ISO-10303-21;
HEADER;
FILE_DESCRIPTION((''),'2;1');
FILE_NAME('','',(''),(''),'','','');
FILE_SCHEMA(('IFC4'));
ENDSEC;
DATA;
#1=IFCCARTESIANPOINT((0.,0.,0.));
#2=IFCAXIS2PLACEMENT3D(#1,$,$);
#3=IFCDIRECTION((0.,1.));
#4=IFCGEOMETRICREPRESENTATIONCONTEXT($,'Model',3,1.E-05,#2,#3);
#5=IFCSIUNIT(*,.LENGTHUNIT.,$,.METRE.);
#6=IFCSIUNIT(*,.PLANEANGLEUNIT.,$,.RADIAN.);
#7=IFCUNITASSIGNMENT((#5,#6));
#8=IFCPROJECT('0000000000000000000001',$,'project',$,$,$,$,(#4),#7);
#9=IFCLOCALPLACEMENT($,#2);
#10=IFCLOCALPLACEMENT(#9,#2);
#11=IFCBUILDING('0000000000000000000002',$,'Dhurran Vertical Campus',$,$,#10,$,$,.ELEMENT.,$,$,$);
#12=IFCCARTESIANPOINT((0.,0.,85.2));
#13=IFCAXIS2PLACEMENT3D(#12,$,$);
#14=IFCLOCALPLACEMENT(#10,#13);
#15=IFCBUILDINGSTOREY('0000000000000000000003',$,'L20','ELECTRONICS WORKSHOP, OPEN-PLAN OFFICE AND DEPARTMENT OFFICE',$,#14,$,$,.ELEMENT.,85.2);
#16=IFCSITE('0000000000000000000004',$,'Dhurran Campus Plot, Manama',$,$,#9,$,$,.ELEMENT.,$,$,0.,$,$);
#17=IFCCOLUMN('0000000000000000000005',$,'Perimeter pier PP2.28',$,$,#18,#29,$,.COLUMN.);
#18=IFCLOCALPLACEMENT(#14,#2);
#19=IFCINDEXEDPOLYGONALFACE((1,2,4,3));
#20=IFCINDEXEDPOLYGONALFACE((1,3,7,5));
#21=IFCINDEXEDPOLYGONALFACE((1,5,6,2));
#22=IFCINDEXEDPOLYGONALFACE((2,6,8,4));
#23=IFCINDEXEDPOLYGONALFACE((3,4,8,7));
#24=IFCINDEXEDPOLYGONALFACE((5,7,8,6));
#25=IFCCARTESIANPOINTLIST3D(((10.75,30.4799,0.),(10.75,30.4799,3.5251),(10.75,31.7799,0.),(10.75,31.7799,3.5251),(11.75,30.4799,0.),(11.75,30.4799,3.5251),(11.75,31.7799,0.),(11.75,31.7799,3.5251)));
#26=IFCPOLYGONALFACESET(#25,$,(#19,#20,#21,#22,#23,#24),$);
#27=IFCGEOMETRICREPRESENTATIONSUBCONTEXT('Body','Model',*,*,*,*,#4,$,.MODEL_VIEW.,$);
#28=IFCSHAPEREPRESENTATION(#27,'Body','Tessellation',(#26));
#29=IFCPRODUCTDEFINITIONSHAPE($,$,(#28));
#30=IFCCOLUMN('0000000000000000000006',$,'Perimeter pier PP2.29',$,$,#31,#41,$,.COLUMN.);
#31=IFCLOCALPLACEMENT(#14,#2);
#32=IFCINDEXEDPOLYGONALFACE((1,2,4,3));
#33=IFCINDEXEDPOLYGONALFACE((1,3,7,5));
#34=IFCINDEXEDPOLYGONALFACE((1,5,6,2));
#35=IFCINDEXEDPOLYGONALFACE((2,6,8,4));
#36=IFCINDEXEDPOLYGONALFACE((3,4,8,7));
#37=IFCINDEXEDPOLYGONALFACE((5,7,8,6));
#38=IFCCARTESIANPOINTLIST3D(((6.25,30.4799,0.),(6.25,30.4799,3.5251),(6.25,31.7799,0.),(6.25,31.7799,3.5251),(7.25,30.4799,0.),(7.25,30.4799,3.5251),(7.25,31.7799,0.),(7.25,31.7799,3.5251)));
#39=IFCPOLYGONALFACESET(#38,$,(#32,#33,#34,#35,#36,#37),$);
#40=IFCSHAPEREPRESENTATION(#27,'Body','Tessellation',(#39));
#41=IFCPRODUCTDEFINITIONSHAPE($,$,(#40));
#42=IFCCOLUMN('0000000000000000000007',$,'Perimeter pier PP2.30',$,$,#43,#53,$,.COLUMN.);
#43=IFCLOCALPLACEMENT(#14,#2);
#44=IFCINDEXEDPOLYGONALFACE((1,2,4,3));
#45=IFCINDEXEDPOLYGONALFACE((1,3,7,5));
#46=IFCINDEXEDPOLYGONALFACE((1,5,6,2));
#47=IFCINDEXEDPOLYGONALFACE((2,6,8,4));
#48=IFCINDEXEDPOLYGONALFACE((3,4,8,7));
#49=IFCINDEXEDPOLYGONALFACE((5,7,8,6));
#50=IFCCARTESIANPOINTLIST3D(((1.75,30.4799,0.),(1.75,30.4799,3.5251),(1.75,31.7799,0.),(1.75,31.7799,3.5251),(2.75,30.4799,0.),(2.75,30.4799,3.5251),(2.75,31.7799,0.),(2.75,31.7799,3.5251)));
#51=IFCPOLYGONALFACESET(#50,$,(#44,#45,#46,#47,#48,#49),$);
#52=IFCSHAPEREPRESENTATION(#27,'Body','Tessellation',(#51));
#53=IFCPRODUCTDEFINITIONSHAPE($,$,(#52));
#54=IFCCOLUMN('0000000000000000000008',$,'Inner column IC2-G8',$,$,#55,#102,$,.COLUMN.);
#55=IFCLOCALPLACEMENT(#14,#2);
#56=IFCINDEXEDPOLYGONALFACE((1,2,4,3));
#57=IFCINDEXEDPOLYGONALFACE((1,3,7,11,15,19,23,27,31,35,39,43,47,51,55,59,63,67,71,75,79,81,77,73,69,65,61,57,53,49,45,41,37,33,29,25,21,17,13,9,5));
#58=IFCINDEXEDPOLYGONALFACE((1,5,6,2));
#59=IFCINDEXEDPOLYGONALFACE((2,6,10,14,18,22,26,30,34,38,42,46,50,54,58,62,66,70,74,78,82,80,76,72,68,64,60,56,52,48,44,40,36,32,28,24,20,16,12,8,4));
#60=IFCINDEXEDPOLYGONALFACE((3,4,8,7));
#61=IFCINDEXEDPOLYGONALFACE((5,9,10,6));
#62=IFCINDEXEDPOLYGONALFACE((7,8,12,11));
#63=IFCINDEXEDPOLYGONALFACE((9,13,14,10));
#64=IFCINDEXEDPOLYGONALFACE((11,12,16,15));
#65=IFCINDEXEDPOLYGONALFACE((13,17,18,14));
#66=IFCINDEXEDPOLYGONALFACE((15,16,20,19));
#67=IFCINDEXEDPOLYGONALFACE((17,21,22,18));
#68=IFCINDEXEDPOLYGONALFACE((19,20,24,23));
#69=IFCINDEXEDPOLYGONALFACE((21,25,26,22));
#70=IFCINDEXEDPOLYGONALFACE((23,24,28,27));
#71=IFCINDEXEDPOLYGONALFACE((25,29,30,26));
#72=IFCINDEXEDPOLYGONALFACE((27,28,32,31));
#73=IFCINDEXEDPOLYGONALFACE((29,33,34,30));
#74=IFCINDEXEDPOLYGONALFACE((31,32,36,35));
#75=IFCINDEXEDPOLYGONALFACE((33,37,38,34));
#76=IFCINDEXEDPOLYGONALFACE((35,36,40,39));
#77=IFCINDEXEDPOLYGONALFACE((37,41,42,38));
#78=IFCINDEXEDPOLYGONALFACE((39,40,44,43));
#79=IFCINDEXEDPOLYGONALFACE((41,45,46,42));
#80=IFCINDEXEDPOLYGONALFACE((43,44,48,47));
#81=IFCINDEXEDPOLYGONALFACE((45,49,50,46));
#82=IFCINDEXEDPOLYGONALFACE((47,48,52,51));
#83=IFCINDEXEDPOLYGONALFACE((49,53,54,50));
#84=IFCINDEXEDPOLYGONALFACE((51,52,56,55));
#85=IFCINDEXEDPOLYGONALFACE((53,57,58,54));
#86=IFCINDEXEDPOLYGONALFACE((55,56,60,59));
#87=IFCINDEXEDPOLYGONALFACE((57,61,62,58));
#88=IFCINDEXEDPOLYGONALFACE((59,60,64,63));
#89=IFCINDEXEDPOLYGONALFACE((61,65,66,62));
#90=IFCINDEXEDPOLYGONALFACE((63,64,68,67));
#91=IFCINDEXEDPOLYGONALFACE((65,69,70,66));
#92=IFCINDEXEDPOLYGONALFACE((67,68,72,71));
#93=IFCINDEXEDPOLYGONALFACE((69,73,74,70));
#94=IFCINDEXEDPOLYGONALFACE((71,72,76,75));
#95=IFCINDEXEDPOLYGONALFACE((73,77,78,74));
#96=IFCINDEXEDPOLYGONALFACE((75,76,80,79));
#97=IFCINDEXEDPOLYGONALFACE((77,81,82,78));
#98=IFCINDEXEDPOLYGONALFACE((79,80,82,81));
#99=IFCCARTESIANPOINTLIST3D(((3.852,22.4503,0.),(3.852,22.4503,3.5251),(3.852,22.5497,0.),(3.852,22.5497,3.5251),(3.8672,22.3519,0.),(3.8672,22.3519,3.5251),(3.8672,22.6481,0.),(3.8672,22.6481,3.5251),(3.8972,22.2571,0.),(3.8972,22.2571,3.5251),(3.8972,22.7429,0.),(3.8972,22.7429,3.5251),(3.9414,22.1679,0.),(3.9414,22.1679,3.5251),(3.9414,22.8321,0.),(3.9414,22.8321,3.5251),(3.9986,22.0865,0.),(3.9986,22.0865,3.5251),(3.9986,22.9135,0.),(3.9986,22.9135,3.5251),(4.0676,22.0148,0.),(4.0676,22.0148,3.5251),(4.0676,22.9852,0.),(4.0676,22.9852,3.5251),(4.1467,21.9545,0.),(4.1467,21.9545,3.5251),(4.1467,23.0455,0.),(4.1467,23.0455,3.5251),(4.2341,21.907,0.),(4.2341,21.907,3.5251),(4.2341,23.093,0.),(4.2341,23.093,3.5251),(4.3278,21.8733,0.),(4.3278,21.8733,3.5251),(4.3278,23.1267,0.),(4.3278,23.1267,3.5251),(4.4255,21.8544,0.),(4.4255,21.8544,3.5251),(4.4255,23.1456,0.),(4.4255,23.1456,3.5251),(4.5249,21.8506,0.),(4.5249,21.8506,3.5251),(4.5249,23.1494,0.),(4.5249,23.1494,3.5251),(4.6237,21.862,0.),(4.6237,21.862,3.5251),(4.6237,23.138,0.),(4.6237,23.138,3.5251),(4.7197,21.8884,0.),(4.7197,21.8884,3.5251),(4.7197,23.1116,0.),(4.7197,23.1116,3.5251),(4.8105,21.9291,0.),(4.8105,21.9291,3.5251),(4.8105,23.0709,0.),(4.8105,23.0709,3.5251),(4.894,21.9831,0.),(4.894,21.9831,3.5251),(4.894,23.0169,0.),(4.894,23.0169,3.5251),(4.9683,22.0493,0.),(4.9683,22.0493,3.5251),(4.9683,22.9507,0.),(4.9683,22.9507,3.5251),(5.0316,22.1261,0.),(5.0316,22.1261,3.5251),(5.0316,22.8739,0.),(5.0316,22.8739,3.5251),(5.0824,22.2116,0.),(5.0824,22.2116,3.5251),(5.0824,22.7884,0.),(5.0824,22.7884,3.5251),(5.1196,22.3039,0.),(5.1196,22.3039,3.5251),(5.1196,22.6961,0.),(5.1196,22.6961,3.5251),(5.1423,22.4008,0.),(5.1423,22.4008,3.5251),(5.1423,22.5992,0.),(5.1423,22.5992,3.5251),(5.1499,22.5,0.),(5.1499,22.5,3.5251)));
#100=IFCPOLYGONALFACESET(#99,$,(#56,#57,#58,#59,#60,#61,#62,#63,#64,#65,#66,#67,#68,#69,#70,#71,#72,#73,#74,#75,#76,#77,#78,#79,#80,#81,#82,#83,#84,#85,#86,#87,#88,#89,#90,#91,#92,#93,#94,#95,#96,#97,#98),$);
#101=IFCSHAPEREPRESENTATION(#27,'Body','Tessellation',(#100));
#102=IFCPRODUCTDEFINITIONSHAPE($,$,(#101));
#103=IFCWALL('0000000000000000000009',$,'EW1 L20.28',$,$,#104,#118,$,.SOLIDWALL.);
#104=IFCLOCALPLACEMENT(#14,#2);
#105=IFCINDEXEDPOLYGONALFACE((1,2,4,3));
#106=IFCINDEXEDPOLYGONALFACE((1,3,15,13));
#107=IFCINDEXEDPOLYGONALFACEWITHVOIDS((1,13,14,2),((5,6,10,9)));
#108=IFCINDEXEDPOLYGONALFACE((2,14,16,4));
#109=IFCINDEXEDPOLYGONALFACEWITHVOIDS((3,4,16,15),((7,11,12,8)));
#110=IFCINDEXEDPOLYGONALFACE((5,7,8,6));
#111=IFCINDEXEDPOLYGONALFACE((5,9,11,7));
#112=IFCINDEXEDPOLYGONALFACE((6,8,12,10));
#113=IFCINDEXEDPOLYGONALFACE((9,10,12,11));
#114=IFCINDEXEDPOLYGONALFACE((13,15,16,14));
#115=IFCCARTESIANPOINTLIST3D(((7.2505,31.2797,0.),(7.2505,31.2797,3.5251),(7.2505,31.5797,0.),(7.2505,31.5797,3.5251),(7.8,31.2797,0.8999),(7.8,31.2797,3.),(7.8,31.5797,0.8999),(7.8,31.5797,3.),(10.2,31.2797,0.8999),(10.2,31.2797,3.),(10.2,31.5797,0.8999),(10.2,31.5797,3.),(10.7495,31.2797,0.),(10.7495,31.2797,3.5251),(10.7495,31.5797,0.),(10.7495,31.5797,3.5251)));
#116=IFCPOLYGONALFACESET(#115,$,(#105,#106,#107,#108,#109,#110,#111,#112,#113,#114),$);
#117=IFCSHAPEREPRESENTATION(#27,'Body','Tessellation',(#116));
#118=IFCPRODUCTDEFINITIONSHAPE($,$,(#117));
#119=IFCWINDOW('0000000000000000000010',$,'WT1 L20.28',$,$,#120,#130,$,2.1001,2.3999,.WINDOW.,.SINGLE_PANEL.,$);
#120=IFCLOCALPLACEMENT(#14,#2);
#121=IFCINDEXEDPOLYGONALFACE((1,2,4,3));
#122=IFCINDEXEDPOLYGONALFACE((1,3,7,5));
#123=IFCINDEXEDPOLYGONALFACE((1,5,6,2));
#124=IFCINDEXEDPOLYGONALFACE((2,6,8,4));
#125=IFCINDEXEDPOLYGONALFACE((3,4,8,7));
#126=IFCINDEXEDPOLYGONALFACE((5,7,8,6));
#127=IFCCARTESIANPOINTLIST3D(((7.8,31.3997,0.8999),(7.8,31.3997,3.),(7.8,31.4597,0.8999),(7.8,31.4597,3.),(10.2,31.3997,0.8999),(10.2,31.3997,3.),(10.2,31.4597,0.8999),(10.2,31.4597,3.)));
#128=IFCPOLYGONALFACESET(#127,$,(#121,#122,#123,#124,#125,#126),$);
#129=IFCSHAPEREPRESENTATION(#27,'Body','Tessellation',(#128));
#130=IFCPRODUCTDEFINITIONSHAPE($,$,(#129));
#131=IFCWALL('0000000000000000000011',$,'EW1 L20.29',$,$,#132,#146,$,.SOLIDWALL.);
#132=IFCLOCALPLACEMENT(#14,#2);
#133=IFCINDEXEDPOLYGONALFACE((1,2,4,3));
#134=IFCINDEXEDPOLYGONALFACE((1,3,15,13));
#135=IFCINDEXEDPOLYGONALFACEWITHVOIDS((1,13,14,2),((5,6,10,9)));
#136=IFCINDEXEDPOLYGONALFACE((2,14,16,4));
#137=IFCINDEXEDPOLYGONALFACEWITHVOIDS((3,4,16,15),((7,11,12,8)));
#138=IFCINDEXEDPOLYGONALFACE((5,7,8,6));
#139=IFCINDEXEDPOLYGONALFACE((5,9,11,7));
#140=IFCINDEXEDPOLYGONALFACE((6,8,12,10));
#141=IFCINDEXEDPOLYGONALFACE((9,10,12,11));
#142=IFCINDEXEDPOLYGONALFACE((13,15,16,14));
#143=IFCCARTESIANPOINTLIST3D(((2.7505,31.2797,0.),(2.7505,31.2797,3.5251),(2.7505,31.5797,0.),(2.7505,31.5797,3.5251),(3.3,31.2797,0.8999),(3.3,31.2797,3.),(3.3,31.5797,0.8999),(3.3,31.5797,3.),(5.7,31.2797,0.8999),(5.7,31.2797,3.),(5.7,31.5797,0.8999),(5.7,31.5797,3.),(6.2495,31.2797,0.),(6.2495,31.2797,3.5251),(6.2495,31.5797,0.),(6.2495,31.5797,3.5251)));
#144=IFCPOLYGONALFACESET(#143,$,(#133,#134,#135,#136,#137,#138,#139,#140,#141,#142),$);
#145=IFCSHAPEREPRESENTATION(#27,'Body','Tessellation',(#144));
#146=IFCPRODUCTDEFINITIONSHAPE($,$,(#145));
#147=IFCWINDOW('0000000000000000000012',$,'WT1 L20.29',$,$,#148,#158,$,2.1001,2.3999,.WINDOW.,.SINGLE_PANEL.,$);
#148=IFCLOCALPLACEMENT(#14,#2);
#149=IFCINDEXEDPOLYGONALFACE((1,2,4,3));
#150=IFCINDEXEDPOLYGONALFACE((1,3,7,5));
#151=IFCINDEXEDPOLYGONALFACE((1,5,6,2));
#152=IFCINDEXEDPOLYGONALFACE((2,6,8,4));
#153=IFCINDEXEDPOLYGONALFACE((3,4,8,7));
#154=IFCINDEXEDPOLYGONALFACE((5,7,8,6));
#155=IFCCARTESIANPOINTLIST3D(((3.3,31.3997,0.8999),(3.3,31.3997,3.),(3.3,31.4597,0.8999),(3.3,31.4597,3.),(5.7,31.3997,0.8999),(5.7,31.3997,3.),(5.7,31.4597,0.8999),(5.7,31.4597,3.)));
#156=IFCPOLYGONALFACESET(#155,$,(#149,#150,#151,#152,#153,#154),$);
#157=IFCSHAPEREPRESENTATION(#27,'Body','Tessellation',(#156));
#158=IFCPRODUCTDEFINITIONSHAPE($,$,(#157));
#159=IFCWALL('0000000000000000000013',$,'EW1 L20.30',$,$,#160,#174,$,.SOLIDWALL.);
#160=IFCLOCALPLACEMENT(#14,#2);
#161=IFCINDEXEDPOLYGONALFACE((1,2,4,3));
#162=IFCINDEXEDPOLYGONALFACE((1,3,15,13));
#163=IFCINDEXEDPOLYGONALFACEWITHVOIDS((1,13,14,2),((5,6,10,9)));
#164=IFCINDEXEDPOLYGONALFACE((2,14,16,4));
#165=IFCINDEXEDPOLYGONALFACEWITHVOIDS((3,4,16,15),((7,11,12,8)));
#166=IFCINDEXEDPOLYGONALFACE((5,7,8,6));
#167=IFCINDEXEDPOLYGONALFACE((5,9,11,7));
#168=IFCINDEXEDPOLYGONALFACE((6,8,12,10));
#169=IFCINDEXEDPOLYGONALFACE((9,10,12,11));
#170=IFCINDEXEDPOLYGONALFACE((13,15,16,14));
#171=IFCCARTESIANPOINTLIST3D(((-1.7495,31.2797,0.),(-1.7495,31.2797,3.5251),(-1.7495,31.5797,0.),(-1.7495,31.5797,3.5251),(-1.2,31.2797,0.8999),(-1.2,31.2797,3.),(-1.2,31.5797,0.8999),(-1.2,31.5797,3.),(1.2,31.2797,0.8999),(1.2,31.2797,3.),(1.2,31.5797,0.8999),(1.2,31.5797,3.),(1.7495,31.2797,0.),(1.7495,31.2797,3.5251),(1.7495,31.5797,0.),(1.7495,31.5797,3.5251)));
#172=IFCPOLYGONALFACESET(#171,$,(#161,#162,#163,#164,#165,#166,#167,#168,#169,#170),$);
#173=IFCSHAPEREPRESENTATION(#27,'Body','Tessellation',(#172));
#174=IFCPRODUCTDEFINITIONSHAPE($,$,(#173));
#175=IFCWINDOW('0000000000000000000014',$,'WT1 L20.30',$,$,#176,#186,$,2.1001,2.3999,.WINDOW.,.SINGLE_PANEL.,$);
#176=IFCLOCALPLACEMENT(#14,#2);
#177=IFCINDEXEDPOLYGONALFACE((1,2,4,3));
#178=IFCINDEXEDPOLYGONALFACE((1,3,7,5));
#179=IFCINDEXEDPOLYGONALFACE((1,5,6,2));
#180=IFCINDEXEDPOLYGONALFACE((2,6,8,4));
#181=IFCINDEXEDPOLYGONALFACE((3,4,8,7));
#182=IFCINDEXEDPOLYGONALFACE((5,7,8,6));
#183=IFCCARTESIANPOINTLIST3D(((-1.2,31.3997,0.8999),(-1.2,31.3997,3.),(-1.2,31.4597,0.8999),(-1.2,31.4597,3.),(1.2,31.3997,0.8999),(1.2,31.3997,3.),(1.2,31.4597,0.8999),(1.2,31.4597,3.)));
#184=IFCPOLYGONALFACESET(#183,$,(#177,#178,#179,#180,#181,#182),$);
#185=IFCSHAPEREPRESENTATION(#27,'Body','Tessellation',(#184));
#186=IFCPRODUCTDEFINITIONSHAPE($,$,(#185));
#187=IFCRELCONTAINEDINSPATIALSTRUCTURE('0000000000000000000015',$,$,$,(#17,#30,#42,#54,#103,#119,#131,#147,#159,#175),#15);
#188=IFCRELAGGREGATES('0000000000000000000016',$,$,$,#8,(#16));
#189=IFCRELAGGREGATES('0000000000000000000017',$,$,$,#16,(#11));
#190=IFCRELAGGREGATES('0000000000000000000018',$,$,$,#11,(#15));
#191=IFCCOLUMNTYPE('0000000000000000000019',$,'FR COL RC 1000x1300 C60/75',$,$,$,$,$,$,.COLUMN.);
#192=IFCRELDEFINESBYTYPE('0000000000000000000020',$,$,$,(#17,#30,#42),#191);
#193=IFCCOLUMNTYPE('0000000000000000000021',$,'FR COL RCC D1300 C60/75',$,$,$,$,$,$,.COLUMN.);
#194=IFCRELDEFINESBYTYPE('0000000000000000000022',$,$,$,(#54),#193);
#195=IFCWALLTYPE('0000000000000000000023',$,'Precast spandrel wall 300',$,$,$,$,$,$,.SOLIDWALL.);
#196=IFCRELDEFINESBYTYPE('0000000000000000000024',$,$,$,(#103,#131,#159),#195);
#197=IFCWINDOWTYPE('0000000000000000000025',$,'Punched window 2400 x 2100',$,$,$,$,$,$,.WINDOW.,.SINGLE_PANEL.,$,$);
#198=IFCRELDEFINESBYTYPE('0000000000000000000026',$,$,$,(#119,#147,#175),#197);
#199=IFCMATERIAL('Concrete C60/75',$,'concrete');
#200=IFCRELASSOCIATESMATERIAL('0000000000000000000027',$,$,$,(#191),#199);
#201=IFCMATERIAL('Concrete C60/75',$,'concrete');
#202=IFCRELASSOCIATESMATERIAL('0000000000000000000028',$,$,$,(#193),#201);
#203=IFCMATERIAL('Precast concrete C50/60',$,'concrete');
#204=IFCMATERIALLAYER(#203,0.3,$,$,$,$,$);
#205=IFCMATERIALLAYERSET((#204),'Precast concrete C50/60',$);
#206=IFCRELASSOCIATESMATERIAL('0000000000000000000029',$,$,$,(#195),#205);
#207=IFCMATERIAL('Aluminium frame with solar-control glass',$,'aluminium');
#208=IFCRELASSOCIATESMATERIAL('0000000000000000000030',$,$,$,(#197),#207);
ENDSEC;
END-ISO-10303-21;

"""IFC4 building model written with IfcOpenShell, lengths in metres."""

from ifc_helpers import new_model, si_unit, direction, frame, frame_2d, origin, origin_2d, place, context, subcontext, project, spatial, rectangle, circle, extrude, material, layer, layer_set, material_profile, profile_set, type_object, element, fill, save


model = new_model("IFC4")

# Units and contexts
model_context = context("Model", 3, precision=1e-05, world=origin(), true_north=direction((0.0, 1.0)))
body_context = subcontext(model_context, "Body", "Model", "MODEL_VIEW")
ifc_project = project(units=[si_unit("LENGTHUNIT", "METRE"), si_unit("PLANEANGLEUNIT", "RADIAN")], contexts=[model_context])

# Site, building, storey
site_placement = place(None, origin())
site = spatial("IfcSite", under=ifc_project, at=site_placement, Name="Dhurran Campus Plot, Manama", CompositionType="ELEMENT", RefElevation=0.0)
building_placement = place(site_placement, origin())
building = spatial("IfcBuilding", under=site, at=building_placement, Name="Dhurran Vertical Campus", CompositionType="ELEMENT")
storey_placement = place(building_placement, frame((0.0, 0.0, 85.2)))
storey = spatial("IfcBuildingStorey", under=building, at=storey_placement, Name="L20", Description="ELECTRONICS WORKSHOP, OPEN-PLAN OFFICE AND DEPARTMENT OFFICE", CompositionType="ELEMENT", Elevation=85.2)

# Columns
ifc_material_1 = material(Name="Concrete C60/75", Category="concrete")
ifc_material_profile_1 = material_profile(ifc_material_1, rectangle(XDim=1.0, YDim=1.3, at=origin_2d()), Name="RC 1000x1300")
ifc_profile_set_1 = profile_set([ifc_material_profile_1], Name="Concrete C60/75")
column_type_1 = type_object("IfcColumnType", Name="FR COL RC 1000x1300 C60/75", PredefinedType="COLUMN", material=ifc_profile_set_1)
for number, where, z_axis, x_axis, name in (
    (1, (11.25, 31.1299, 0.0), (0.0, 0.0, 1.0), (-1.0, 0.0, 0.0), "Perimeter pier PP2.28"),
    (2, (6.75, 31.1299, 0.0), (0.0, 0.0, 1.0), (-1.0, 0.0, 0.0), "Perimeter pier PP2.29"),
    (3, (2.25, 31.1299, 0.0), (0.0, 0.0, 1.0), (-1.0, 0.0, 0.0), "Perimeter pier PP2.30"),
):
    element("IfcColumn", number, at=place(storey_placement, frame(where, z_axis=z_axis, x_axis=x_axis)), inside=storey, type_object=column_type_1, Name=name, PredefinedType="COLUMN", context=body_context, shape_type="SweptSolid", body=[
        extrude(rectangle(XDim=1.0, YDim=1.3, at=origin_2d()), origin(), (0.0, 0.0, 1.0), 3.5251),
    ])
ifc_material_2 = material(Name="Concrete C60/75", Category="concrete")
ifc_material_profile_2 = material_profile(ifc_material_2, circle(Radius=0.6499, at=origin_2d()), Name="RCC D1300")
ifc_profile_set_2 = profile_set([ifc_material_profile_2], Name="Concrete C60/75")
column_type_2 = type_object("IfcColumnType", Name="FR COL RCC D1300 C60/75", PredefinedType="COLUMN", material=ifc_profile_set_2)
column_placement = place(storey_placement, frame((4.5, 22.5, 0.0), z_axis=(0.0, 0.0, 1.0), x_axis=(1.0, 0.0, 0.0)))
element("IfcColumn", 4, at=column_placement, inside=storey, type_object=column_type_2, Name="Inner column IC2-G8", PredefinedType="COLUMN", context=body_context, shape_type="SweptSolid", body=[
    extrude(circle(Radius=0.6499, at=origin_2d()), origin(), (0.0, 0.0, 1.0), 3.5251),
])

# Walls, openings, windows
ifc_material_3 = material(Name="Precast concrete C50/60", Category="concrete")
ifc_layer_1 = layer(ifc_material_3, 0.3)
ifc_layer_set_1 = layer_set([ifc_layer_1], Name="Precast concrete C50/60")
wall_type_1 = type_object("IfcWallType", Name="Precast spandrel wall 300", PredefinedType="SOLIDWALL", material=ifc_layer_set_1)
wall_1_placement = place(storey_placement, frame((10.7495, 31.4297, 0.0), z_axis=(0.0, 0.0, 1.0), x_axis=(-1.0, 0.0, 0.0)))
wall_1 = element("IfcWall", 5, at=wall_1_placement, inside=storey, type_object=wall_type_1, Name="EW1 L20.28", PredefinedType="SOLIDWALL", context=body_context, shape_type="SweptSolid", body=[
    extrude(rectangle(XDim=3.499, YDim=0.3, at=frame_2d((1.7495, 0.0))), origin(), (0.0, 0.0, 1.0), 3.5251),
])
opening_1_placement = place(wall_1_placement, frame((0.5496, 0.0, 0.8999)))
opening_1 = element("IfcOpeningElement", 6, at=opening_1_placement, cuts=wall_1, PredefinedType="OPENING", context=body_context, shape_type="SweptSolid", body=[
    extrude(rectangle(XDim=2.3999, YDim=2.1001, at=frame_2d((1.2, 1.05))), frame((0.0, 0.1599, 0.0), z_axis=(0.0, -1.0, 0.0), x_axis=(1.0, 0.0, 0.0)), (0.0, 0.0, 1.0), 0.3201),
])
ifc_material_4 = material(Name="Aluminium frame with solar-control glass", Category="aluminium")
window_type = type_object("IfcWindowType", Name="Punched window 2400 x 2100", PartitioningType="SINGLE_PANEL", PredefinedType="WINDOW", material=ifc_material_4)
window_1_placement = place(opening_1_placement, origin())
window_1 = element("IfcWindow", 7, at=window_1_placement, inside=storey, type_object=window_type, Name="WT1 L20.28", OverallHeight=2.1001, OverallWidth=2.3999, PartitioningType="SINGLE_PANEL", PredefinedType="WINDOW", context=body_context, shape_type="SweptSolid", body=[
    extrude(rectangle(XDim=2.3999, YDim=2.1001, at=frame_2d((1.2, 1.05))), frame((0.0, 0.03, 0.0), z_axis=(0.0, -1.0, 0.0), x_axis=(1.0, 0.0, 0.0)), (0.0, 0.0, 1.0), 0.0601),
])
fill(opening_1, window_1)
wall_2_placement = place(storey_placement, frame((6.2495, 31.4297, 0.0), z_axis=(0.0, 0.0, 1.0), x_axis=(-1.0, 0.0, 0.0)))
wall_2 = element("IfcWall", 8, at=wall_2_placement, inside=storey, type_object=wall_type_1, Name="EW1 L20.29", PredefinedType="SOLIDWALL", context=body_context, shape_type="SweptSolid", body=[
    extrude(rectangle(XDim=3.499, YDim=0.3, at=frame_2d((1.7495, 0.0))), origin(), (0.0, 0.0, 1.0), 3.5251),
])
opening_2_placement = place(wall_2_placement, frame((0.5496, 0.0, 0.8999)))
opening_2 = element("IfcOpeningElement", 9, at=opening_2_placement, cuts=wall_2, PredefinedType="OPENING", context=body_context, shape_type="SweptSolid", body=[
    extrude(rectangle(XDim=2.3999, YDim=2.1001, at=frame_2d((1.2, 1.05))), frame((0.0, 0.1599, 0.0), z_axis=(0.0, -1.0, 0.0), x_axis=(1.0, 0.0, 0.0)), (0.0, 0.0, 1.0), 0.3201),
])
window_2_placement = place(opening_2_placement, origin())
window_2 = element("IfcWindow", 10, at=window_2_placement, inside=storey, type_object=window_type, Name="WT1 L20.29", OverallHeight=2.1001, OverallWidth=2.3999, PartitioningType="SINGLE_PANEL", PredefinedType="WINDOW", context=body_context, shape_type="SweptSolid", body=[
    extrude(rectangle(XDim=2.3999, YDim=2.1001, at=frame_2d((1.2, 1.05))), frame((0.0, 0.03, 0.0), z_axis=(0.0, -1.0, 0.0), x_axis=(1.0, 0.0, 0.0)), (0.0, 0.0, 1.0), 0.0601),
])
fill(opening_2, window_2)
wall_3_placement = place(storey_placement, frame((1.7495, 31.4297, 0.0), z_axis=(0.0, 0.0, 1.0), x_axis=(-1.0, 0.0, 0.0)))
wall_3 = element("IfcWall", 11, at=wall_3_placement, inside=storey, type_object=wall_type_1, Name="EW1 L20.30", PredefinedType="SOLIDWALL", context=body_context, shape_type="SweptSolid", body=[
    extrude(rectangle(XDim=3.499, YDim=0.3, at=frame_2d((1.7495, 0.0))), origin(), (0.0, 0.0, 1.0), 3.5251),
])
opening_3_placement = place(wall_3_placement, frame((0.5496, 0.0, 0.8999)))
opening_3 = element("IfcOpeningElement", 12, at=opening_3_placement, cuts=wall_3, PredefinedType="OPENING", context=body_context, shape_type="SweptSolid", body=[
    extrude(rectangle(XDim=2.3999, YDim=2.1001, at=frame_2d((1.2, 1.05))), frame((0.0, 0.1599, 0.0), z_axis=(0.0, -1.0, 0.0), x_axis=(1.0, 0.0, 0.0)), (0.0, 0.0, 1.0), 0.3201),
])
window_3_placement = place(opening_3_placement, origin())
window_3 = element("IfcWindow", 13, at=window_3_placement, inside=storey, type_object=window_type, Name="WT1 L20.30", OverallHeight=2.1001, OverallWidth=2.3999, PartitioningType="SINGLE_PANEL", PredefinedType="WINDOW", context=body_context, shape_type="SweptSolid", body=[
    extrude(rectangle(XDim=2.3999, YDim=2.1001, at=frame_2d((1.2, 1.05))), frame((0.0, 0.03, 0.0), z_axis=(0.0, -1.0, 0.0), x_axis=(1.0, 0.0, 0.0)), (0.0, 0.0, 1.0), 0.0601),
])
fill(opening_3, window_3)

save(model, "model.ifc")
